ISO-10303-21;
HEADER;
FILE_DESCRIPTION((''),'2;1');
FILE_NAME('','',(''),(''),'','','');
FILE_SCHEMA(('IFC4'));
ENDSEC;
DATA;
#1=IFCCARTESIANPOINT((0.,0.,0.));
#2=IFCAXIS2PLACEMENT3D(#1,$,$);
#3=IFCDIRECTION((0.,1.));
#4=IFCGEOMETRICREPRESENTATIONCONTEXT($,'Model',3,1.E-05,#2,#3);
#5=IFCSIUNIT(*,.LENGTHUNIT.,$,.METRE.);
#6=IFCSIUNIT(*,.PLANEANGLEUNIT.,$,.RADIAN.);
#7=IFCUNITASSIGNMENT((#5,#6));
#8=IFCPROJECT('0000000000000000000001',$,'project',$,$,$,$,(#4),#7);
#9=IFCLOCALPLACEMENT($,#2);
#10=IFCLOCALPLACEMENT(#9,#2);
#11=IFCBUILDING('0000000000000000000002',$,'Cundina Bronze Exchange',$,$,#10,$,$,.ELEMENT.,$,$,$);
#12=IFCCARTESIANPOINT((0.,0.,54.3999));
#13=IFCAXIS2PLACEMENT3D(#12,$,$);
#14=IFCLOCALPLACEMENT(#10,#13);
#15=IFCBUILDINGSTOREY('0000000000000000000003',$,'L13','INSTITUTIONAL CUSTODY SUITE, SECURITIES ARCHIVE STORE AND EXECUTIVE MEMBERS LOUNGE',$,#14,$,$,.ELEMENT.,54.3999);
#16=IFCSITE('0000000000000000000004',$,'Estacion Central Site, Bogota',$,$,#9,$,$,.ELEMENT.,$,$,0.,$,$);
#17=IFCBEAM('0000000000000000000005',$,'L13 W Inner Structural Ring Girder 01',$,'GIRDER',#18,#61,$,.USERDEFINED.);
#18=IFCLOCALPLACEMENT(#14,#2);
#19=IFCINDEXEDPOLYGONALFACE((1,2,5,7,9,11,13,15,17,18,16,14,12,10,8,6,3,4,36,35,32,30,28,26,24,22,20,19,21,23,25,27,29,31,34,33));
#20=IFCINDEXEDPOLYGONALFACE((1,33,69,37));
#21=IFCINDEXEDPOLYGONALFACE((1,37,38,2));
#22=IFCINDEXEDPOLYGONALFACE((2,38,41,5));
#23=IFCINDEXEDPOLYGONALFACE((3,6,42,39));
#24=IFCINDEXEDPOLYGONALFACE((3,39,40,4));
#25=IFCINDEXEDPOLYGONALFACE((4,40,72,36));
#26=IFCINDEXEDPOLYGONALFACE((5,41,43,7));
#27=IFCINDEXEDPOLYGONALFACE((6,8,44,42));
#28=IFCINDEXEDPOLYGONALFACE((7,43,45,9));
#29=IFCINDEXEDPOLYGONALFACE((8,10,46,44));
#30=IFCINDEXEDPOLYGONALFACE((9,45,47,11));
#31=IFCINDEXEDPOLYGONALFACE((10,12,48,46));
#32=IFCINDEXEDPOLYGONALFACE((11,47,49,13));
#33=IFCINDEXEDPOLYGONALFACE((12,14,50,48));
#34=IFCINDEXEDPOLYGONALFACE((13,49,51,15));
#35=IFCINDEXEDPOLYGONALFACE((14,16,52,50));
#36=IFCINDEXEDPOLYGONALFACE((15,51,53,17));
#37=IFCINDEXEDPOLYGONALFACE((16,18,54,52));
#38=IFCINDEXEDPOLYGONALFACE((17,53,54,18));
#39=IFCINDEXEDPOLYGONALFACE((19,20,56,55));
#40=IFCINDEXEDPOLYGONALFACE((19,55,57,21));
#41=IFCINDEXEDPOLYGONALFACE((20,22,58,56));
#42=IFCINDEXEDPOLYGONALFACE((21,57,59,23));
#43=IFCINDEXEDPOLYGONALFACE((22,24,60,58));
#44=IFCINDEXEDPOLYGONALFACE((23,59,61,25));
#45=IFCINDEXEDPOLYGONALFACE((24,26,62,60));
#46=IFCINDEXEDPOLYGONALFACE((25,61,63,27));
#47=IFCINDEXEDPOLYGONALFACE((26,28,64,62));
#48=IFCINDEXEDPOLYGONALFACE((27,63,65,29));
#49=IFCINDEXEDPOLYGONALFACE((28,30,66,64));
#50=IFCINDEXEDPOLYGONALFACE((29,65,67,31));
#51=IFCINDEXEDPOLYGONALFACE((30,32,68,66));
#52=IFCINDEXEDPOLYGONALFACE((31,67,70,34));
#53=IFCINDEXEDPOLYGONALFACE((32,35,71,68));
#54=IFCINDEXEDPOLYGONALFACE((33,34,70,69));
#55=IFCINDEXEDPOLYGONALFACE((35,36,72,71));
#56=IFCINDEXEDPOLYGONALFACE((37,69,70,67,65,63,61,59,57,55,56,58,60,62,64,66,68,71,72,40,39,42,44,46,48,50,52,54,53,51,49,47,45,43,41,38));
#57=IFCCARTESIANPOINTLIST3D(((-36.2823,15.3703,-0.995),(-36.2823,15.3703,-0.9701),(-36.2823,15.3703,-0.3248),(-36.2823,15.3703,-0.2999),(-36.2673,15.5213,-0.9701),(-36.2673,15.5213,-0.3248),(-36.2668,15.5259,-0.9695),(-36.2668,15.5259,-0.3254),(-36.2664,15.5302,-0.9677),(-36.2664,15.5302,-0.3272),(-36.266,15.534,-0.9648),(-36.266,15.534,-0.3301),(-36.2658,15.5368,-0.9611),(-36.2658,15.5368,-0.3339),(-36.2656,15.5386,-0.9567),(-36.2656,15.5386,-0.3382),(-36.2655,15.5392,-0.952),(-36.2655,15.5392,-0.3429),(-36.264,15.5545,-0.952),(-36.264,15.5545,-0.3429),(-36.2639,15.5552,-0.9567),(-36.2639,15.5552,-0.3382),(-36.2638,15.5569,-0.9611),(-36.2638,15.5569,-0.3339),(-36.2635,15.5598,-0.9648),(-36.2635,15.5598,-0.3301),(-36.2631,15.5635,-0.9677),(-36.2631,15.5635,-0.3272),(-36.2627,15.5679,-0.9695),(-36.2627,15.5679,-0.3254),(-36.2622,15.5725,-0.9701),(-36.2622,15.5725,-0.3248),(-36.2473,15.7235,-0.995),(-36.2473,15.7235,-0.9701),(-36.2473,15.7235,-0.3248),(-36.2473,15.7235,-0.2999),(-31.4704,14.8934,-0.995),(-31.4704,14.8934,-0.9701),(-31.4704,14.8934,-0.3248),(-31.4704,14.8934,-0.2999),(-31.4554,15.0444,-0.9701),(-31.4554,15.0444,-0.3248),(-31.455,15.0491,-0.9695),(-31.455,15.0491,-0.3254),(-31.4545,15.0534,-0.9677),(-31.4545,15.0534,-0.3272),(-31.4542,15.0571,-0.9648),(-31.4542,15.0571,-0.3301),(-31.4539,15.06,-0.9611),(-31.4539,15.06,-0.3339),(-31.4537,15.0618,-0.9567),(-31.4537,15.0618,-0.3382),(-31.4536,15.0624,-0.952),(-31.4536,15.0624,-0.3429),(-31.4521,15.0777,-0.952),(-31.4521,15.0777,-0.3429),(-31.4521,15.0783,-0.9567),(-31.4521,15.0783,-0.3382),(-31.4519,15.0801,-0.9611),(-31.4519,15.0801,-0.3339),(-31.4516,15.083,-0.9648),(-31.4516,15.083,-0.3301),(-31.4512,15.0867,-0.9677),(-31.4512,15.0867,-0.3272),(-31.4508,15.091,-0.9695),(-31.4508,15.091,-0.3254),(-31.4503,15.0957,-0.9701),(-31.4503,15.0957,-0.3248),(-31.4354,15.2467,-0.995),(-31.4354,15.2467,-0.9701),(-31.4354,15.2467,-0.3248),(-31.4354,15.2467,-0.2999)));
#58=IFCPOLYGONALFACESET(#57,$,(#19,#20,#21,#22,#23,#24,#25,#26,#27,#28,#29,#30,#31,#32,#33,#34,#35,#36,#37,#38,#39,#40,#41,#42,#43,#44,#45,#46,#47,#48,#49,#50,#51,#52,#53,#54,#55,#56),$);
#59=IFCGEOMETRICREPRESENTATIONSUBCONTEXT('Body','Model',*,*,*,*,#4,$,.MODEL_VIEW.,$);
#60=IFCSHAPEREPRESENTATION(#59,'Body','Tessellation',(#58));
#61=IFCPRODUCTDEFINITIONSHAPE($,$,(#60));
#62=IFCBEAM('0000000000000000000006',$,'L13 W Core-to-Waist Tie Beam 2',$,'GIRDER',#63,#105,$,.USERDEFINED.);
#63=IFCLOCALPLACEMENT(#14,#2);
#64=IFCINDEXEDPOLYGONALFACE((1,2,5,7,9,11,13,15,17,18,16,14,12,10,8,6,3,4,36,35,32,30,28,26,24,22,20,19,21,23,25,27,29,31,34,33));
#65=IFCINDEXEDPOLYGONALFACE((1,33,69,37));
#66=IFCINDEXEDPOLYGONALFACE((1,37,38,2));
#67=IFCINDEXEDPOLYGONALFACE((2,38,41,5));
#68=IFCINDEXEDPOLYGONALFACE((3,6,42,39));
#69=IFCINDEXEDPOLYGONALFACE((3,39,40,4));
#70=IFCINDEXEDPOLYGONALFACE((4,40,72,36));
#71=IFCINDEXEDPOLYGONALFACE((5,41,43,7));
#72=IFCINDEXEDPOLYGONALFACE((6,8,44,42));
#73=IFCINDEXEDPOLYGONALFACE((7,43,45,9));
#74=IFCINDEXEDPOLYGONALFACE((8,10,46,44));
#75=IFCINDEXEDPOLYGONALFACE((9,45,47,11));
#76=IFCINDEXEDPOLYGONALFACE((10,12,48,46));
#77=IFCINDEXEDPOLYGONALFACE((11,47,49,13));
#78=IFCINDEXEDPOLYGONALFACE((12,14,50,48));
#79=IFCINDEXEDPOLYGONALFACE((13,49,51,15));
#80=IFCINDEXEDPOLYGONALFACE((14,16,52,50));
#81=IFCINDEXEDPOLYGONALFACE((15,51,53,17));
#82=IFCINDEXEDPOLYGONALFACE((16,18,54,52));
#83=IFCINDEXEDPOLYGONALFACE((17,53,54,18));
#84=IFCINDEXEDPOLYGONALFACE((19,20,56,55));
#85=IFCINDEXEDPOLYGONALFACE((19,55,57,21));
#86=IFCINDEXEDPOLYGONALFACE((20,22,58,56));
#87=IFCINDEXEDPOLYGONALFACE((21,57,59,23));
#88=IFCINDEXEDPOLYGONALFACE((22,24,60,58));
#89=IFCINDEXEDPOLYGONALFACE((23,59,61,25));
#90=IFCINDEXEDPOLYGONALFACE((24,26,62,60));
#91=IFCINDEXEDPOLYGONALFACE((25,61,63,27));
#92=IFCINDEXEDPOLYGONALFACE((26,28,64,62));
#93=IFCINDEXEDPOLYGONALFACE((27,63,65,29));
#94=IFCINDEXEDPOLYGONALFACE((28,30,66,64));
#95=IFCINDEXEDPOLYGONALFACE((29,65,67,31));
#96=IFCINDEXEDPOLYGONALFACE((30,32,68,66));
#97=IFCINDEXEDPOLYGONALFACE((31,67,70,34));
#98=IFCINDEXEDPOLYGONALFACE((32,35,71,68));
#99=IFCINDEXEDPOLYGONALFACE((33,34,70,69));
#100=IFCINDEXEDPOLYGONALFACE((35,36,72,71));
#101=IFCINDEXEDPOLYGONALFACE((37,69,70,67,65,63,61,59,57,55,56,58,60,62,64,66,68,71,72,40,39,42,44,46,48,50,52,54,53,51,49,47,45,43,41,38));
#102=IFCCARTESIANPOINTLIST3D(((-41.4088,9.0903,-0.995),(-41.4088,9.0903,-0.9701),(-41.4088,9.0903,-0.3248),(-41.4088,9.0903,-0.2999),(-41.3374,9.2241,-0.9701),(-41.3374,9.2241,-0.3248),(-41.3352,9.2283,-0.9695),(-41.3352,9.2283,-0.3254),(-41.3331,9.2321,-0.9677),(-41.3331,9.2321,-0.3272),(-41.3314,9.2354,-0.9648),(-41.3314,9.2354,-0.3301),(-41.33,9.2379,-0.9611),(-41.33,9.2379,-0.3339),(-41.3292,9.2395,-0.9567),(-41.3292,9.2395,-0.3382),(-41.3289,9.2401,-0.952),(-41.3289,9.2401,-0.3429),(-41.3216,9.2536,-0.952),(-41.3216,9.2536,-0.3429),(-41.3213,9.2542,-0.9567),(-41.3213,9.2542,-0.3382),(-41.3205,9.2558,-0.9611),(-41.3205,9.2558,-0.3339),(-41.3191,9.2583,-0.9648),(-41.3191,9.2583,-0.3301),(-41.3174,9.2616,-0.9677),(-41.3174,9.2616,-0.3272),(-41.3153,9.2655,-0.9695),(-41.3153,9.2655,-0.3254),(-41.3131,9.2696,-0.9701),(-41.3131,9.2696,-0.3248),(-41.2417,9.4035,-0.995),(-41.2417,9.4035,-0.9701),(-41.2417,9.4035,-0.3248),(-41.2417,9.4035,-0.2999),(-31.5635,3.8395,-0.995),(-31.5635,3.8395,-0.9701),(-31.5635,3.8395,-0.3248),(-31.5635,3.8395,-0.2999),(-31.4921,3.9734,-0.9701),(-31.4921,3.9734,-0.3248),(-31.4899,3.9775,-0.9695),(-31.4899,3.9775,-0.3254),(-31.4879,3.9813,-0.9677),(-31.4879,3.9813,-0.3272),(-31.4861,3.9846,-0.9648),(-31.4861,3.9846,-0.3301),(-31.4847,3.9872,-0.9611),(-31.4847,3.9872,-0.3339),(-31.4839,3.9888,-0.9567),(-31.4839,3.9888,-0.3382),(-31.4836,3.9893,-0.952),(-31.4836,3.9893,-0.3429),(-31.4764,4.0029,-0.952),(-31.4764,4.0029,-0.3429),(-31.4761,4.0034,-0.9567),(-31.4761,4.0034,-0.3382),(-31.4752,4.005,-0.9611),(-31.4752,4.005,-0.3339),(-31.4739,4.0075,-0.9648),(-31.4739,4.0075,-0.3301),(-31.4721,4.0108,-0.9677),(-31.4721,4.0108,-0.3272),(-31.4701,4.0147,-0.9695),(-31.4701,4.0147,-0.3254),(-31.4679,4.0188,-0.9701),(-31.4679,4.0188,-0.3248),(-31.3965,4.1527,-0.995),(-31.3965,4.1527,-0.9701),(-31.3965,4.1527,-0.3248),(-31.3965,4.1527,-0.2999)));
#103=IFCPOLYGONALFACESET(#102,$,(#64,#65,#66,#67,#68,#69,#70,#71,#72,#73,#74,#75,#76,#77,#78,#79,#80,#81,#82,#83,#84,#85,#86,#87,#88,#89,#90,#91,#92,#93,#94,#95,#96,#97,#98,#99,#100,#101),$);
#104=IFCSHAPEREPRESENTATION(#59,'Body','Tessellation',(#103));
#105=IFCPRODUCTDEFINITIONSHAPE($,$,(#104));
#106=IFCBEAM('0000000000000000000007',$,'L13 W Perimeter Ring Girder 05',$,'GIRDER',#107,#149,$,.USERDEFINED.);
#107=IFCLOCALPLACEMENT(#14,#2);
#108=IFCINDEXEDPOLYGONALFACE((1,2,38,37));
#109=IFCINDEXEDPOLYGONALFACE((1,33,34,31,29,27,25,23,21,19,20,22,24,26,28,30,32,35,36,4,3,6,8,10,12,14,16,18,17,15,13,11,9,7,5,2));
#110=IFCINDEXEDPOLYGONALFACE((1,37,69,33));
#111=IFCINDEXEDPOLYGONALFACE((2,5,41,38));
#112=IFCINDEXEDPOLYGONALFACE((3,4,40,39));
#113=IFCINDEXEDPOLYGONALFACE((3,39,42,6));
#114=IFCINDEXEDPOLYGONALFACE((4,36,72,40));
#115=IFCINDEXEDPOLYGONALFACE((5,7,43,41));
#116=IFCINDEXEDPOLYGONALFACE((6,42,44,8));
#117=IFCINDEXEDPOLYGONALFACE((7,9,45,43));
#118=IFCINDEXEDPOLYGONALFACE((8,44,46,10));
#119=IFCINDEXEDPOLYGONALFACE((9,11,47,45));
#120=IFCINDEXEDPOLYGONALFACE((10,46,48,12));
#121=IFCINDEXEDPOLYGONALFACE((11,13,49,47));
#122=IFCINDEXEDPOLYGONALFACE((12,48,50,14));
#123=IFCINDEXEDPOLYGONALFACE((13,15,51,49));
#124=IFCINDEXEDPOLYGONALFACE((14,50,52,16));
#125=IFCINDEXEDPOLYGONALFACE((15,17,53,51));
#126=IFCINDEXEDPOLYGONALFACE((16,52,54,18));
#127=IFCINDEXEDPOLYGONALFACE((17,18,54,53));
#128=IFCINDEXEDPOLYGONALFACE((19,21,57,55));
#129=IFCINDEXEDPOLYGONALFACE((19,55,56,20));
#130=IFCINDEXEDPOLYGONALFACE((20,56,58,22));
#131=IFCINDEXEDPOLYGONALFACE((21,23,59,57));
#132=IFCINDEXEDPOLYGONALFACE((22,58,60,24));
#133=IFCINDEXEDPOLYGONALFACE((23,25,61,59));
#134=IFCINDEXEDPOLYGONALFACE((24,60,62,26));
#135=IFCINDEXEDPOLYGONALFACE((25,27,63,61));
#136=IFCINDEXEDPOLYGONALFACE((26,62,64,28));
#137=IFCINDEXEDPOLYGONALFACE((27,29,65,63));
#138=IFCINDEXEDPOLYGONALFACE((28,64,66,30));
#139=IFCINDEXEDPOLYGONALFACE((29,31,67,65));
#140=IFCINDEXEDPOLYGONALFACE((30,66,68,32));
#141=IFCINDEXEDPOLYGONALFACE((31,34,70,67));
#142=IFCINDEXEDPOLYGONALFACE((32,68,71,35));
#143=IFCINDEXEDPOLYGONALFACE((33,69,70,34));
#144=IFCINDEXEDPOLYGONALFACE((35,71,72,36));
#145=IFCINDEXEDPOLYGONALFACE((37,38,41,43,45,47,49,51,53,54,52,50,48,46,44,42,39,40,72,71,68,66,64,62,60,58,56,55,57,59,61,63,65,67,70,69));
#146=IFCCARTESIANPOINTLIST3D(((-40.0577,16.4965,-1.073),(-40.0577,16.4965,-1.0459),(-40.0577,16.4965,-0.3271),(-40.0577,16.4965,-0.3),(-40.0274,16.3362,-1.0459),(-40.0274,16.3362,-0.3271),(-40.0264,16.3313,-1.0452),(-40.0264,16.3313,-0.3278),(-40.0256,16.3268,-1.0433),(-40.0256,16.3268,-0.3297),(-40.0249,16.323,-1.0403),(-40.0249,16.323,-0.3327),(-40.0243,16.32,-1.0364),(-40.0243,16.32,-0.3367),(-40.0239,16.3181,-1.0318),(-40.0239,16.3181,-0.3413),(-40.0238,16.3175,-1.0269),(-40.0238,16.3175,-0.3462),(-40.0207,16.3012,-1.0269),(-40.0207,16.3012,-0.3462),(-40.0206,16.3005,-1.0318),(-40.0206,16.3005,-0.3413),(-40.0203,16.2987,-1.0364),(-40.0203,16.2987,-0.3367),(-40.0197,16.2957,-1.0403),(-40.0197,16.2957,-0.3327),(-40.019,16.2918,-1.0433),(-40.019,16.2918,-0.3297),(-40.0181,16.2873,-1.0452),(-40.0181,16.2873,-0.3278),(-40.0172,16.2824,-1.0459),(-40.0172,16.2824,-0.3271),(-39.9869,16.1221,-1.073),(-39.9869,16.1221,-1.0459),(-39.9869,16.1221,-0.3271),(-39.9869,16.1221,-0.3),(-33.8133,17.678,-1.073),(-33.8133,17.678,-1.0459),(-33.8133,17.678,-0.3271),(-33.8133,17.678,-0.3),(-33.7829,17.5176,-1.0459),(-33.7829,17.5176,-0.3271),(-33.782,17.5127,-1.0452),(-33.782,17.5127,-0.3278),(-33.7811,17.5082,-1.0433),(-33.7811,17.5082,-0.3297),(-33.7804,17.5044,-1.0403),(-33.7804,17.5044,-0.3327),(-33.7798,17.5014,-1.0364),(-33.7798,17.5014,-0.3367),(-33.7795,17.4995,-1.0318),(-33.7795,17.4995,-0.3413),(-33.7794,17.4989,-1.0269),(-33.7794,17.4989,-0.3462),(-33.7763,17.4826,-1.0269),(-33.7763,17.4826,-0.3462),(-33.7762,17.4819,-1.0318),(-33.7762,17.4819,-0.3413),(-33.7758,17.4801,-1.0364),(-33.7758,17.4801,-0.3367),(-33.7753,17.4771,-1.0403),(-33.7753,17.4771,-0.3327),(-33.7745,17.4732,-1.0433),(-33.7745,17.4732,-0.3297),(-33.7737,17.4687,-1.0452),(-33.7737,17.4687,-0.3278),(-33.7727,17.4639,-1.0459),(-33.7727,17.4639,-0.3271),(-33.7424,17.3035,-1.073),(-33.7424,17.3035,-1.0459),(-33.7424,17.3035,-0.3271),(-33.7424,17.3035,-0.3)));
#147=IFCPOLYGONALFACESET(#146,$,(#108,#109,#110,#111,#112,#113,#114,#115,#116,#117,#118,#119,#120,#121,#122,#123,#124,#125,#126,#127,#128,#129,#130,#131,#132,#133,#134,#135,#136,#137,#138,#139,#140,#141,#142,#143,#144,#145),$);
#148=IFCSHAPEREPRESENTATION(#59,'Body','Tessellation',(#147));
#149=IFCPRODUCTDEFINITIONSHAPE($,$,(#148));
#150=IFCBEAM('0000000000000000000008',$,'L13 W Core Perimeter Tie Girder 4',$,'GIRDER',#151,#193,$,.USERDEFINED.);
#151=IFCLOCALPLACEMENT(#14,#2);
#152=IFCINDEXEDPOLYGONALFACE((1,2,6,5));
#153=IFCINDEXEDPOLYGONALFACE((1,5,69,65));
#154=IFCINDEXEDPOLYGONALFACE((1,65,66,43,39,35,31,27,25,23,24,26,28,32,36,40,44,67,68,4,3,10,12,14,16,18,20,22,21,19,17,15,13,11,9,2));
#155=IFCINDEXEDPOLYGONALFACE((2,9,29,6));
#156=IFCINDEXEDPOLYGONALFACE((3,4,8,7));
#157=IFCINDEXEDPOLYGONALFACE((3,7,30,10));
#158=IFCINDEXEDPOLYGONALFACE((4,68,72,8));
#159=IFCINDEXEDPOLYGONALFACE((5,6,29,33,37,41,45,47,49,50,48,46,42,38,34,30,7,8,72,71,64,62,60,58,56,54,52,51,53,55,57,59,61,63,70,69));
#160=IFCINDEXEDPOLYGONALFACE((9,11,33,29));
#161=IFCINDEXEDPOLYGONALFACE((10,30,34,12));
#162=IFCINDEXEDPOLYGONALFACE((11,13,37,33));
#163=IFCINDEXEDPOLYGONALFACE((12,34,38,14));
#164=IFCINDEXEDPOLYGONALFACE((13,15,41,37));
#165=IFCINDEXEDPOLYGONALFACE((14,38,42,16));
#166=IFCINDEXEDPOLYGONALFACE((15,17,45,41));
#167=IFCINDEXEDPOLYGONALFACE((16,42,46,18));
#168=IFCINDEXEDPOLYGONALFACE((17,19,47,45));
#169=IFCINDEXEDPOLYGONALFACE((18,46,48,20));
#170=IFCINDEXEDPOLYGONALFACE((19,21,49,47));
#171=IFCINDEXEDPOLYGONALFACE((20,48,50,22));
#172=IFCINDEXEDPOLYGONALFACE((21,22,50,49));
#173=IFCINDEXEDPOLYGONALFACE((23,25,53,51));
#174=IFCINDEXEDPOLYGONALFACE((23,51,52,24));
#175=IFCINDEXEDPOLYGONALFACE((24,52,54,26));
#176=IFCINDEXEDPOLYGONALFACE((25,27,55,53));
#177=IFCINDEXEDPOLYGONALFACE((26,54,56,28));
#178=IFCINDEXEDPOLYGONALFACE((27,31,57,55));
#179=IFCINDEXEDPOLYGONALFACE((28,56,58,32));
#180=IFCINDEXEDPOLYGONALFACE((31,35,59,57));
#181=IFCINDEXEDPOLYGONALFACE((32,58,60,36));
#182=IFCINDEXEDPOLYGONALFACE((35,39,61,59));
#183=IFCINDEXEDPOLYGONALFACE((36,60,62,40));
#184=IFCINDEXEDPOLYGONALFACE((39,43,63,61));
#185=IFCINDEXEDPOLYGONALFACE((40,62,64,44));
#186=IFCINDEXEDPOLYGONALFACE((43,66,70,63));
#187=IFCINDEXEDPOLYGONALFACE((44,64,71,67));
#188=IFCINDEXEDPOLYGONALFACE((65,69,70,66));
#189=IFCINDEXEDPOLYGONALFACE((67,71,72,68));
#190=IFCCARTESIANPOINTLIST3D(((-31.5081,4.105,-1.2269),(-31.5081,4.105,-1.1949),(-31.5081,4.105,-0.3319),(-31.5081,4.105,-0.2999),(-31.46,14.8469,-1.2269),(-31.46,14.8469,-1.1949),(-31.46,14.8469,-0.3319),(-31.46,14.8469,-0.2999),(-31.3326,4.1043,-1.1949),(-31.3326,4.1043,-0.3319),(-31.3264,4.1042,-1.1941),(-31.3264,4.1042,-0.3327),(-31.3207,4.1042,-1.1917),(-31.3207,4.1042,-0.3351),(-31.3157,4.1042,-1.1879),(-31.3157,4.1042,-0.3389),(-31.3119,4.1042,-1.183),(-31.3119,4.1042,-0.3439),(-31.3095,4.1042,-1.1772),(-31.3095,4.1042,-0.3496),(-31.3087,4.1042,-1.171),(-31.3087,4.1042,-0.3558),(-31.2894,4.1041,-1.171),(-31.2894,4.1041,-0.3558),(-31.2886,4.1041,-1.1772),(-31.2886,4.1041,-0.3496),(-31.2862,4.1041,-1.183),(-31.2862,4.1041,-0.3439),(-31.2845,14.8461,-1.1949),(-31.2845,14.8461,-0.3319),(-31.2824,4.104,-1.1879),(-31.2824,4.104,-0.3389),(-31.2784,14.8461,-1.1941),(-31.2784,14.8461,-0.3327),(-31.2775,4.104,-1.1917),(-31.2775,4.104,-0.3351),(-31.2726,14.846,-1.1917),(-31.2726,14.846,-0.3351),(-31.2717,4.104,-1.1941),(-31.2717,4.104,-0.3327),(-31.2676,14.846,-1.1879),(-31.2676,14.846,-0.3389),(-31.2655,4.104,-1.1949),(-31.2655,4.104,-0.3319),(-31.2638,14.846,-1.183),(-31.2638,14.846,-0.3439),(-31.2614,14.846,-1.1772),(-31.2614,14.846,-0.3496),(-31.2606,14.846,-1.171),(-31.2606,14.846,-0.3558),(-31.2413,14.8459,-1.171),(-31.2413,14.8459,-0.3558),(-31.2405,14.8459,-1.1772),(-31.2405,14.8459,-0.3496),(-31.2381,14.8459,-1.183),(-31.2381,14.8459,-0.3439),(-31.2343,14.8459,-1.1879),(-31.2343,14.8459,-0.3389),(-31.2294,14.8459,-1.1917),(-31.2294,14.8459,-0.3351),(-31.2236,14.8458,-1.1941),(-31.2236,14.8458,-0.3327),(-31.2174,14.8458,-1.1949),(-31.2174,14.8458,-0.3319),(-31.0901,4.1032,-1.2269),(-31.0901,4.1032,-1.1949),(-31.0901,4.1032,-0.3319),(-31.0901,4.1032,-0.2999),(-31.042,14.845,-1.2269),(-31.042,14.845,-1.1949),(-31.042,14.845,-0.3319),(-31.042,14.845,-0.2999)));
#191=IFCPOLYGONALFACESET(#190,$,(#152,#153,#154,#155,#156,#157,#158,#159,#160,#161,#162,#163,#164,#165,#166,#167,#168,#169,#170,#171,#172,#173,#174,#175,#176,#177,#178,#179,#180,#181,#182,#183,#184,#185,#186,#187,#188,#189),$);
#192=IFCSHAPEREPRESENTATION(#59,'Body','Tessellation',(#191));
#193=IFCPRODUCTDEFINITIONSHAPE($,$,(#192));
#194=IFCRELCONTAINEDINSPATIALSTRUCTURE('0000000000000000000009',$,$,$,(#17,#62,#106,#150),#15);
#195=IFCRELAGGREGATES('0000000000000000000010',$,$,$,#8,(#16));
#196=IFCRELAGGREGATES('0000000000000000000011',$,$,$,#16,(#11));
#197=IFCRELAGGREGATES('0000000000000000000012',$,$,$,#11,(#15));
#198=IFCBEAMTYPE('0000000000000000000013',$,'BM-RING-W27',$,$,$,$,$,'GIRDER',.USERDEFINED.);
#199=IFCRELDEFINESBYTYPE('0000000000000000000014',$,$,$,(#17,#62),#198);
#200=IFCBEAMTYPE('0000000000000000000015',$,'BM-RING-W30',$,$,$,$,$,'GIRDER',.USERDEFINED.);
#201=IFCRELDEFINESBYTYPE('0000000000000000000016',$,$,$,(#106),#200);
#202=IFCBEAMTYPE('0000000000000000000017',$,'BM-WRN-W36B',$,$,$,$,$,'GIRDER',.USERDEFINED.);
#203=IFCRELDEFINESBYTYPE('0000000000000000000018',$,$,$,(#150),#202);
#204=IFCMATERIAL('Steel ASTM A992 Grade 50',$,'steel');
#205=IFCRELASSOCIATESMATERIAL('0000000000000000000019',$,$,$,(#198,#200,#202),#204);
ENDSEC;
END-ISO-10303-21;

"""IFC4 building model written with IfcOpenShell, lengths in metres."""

from ifc_helpers import new_model, si_unit, direction, frame, origin, origin_2d, place, context, subcontext, project, spatial, i_section, extrude, material, material_profile, profile_set, type_object, element, save


model = new_model("IFC4")

# Units and contexts
model_context = context("Model", 3, precision=1e-05, world=origin(), true_north=direction((0.0, 1.0)))
body_context = subcontext(model_context, "Body", "Model", "MODEL_VIEW")
ifc_project = project(units=[si_unit("LENGTHUNIT", "METRE"), si_unit("PLANEANGLEUNIT", "RADIAN")], contexts=[model_context])

# Site, building, storey
site_placement = place(None, origin())
site = spatial("IfcSite", under=ifc_project, at=site_placement, Name="Estacion Central Site, Bogota", CompositionType="ELEMENT", RefElevation=0.0)
building_placement = place(site_placement, origin())
building = spatial("IfcBuilding", under=site, at=building_placement, Name="Cundina Bronze Exchange", CompositionType="ELEMENT")
storey_placement = place(building_placement, frame((0.0, 0.0, 54.3999)))
storey = spatial("IfcBuildingStorey", under=building, at=storey_placement, Name="L13", Description="INSTITUTIONAL CUSTODY SUITE, SECURITIES ARCHIVE STORE AND EXECUTIVE MEMBERS LOUNGE", CompositionType="ELEMENT", Elevation=54.3999)

# Shared definitions
ifc_material_1 = material(Name="Steel ASTM A992 Grade 50", Category="steel")

# Beams
ifc_material_profile_1 = material_profile(ifc_material_1, i_section(OverallWidth=0.355, OverallDepth=0.6951, WebThickness=0.0154, FlangeThickness=0.0249, FilletRadius=0.0181, at=origin_2d()), Name="W27X146", Category="steel")
ifc_profile_set_1 = profile_set([ifc_material_profile_1], Name="Steel ASTM A992 Grade 50")
beam_type_1 = type_object("IfcBeamType", Name="BM-RING-W27", ElementType="GIRDER", PredefinedType="USERDEFINED", material=ifc_profile_set_1)
beam_1_placement = place(storey_placement, frame((-31.4529, 15.0701, -0.6475), z_axis=(-0.995126, 0.098609, 0.0), x_axis=(-0.098609, -0.995126, 0.0)))
element("IfcBeam", 1, at=beam_1_placement, inside=storey, type_object=beam_type_1, Name="L13 W Inner Structural Ring Girder 01", ObjectType="GIRDER", PredefinedType="USERDEFINED", context=body_context, shape_type="SweptSolid", body=[
    extrude(i_section(OverallWidth=0.355, OverallDepth=0.6951, WebThickness=0.0154, FlangeThickness=0.0249, FilletRadius=0.0181, at=origin_2d()), origin(), (0.0, 0.0, 1.0), 4.8354),
])
beam_2_placement = place(storey_placement, frame((-31.48, 3.9961, -0.6475), z_axis=(-0.882355, 0.470585, 0.0), x_axis=(-0.470585, -0.882355, 0.0)))
element("IfcBeam", 2, at=beam_2_placement, inside=storey, type_object=beam_type_1, Name="L13 W Core-to-Waist Tie Beam 2", ObjectType="GIRDER", PredefinedType="USERDEFINED", context=body_context, shape_type="SweptSolid", body=[
    extrude(i_section(OverallWidth=0.355, OverallDepth=0.6951, WebThickness=0.0154, FlangeThickness=0.0249, FilletRadius=0.0181, at=origin_2d()), origin(), (0.0, 0.0, 1.0), 11.158),
])
ifc_material_profile_2 = material_profile(ifc_material_1, i_section(OverallWidth=0.3811, OverallDepth=0.7729, WebThickness=0.0166, FlangeThickness=0.0271, FilletRadius=0.019, at=origin_2d()), Name="W30X173", Category="steel")
ifc_profile_set_2 = profile_set([ifc_material_profile_2], Name="Steel ASTM A992 Grade 50")
beam_type_2 = type_object("IfcBeamType", Name="BM-RING-W30", ElementType="GIRDER", PredefinedType="USERDEFINED", material=ifc_profile_set_2)
beam_3_placement = place(storey_placement, frame((-33.7778, 17.4907, -0.6865), z_axis=(-0.982569, -0.185896, 0.0), x_axis=(0.185896, -0.982569, 0.0)))
element("IfcBeam", 3, at=beam_3_placement, inside=storey, type_object=beam_type_2, Name="L13 W Perimeter Ring Girder 05", ObjectType="GIRDER", PredefinedType="USERDEFINED", context=body_context, shape_type="SweptSolid", body=[
    extrude(i_section(OverallWidth=0.3811, OverallDepth=0.7729, WebThickness=0.0166, FlangeThickness=0.0271, FilletRadius=0.019, at=origin_2d()), origin(), (0.0, 0.0, 1.0), 6.3552),
])
ifc_material_profile_3 = material_profile(ifc_material_1, i_section(OverallWidth=0.418, OverallDepth=0.927, WebThickness=0.0193, FlangeThickness=0.032, FilletRadius=0.0239, at=origin_2d()), Name="W36X231", Category="steel")
ifc_profile_set_3 = profile_set([ifc_material_profile_3], Name="Steel ASTM A992 Grade 50")
beam_type_3 = type_object("IfcBeamType", Name="BM-WRN-W36B", ElementType="GIRDER", PredefinedType="USERDEFINED", material=ifc_profile_set_3)
beam_4_placement = place(storey_placement, frame((-31.251, 14.8459, -0.7634), z_axis=(-0.004477, -0.99999, 0.0), x_axis=(0.99999, -0.004477, 0.0)))
element("IfcBeam", 4, at=beam_4_placement, inside=storey, type_object=beam_type_3, Name="L13 W Core Perimeter Tie Girder 4", ObjectType="GIRDER", PredefinedType="USERDEFINED", context=body_context, shape_type="SweptSolid", body=[
    extrude(i_section(OverallWidth=0.418, OverallDepth=0.927, WebThickness=0.0193, FlangeThickness=0.032, FilletRadius=0.0239, at=origin_2d()), origin(), (0.0, 0.0, 1.0), 10.7419),
])

save(model, "model.ifc")
